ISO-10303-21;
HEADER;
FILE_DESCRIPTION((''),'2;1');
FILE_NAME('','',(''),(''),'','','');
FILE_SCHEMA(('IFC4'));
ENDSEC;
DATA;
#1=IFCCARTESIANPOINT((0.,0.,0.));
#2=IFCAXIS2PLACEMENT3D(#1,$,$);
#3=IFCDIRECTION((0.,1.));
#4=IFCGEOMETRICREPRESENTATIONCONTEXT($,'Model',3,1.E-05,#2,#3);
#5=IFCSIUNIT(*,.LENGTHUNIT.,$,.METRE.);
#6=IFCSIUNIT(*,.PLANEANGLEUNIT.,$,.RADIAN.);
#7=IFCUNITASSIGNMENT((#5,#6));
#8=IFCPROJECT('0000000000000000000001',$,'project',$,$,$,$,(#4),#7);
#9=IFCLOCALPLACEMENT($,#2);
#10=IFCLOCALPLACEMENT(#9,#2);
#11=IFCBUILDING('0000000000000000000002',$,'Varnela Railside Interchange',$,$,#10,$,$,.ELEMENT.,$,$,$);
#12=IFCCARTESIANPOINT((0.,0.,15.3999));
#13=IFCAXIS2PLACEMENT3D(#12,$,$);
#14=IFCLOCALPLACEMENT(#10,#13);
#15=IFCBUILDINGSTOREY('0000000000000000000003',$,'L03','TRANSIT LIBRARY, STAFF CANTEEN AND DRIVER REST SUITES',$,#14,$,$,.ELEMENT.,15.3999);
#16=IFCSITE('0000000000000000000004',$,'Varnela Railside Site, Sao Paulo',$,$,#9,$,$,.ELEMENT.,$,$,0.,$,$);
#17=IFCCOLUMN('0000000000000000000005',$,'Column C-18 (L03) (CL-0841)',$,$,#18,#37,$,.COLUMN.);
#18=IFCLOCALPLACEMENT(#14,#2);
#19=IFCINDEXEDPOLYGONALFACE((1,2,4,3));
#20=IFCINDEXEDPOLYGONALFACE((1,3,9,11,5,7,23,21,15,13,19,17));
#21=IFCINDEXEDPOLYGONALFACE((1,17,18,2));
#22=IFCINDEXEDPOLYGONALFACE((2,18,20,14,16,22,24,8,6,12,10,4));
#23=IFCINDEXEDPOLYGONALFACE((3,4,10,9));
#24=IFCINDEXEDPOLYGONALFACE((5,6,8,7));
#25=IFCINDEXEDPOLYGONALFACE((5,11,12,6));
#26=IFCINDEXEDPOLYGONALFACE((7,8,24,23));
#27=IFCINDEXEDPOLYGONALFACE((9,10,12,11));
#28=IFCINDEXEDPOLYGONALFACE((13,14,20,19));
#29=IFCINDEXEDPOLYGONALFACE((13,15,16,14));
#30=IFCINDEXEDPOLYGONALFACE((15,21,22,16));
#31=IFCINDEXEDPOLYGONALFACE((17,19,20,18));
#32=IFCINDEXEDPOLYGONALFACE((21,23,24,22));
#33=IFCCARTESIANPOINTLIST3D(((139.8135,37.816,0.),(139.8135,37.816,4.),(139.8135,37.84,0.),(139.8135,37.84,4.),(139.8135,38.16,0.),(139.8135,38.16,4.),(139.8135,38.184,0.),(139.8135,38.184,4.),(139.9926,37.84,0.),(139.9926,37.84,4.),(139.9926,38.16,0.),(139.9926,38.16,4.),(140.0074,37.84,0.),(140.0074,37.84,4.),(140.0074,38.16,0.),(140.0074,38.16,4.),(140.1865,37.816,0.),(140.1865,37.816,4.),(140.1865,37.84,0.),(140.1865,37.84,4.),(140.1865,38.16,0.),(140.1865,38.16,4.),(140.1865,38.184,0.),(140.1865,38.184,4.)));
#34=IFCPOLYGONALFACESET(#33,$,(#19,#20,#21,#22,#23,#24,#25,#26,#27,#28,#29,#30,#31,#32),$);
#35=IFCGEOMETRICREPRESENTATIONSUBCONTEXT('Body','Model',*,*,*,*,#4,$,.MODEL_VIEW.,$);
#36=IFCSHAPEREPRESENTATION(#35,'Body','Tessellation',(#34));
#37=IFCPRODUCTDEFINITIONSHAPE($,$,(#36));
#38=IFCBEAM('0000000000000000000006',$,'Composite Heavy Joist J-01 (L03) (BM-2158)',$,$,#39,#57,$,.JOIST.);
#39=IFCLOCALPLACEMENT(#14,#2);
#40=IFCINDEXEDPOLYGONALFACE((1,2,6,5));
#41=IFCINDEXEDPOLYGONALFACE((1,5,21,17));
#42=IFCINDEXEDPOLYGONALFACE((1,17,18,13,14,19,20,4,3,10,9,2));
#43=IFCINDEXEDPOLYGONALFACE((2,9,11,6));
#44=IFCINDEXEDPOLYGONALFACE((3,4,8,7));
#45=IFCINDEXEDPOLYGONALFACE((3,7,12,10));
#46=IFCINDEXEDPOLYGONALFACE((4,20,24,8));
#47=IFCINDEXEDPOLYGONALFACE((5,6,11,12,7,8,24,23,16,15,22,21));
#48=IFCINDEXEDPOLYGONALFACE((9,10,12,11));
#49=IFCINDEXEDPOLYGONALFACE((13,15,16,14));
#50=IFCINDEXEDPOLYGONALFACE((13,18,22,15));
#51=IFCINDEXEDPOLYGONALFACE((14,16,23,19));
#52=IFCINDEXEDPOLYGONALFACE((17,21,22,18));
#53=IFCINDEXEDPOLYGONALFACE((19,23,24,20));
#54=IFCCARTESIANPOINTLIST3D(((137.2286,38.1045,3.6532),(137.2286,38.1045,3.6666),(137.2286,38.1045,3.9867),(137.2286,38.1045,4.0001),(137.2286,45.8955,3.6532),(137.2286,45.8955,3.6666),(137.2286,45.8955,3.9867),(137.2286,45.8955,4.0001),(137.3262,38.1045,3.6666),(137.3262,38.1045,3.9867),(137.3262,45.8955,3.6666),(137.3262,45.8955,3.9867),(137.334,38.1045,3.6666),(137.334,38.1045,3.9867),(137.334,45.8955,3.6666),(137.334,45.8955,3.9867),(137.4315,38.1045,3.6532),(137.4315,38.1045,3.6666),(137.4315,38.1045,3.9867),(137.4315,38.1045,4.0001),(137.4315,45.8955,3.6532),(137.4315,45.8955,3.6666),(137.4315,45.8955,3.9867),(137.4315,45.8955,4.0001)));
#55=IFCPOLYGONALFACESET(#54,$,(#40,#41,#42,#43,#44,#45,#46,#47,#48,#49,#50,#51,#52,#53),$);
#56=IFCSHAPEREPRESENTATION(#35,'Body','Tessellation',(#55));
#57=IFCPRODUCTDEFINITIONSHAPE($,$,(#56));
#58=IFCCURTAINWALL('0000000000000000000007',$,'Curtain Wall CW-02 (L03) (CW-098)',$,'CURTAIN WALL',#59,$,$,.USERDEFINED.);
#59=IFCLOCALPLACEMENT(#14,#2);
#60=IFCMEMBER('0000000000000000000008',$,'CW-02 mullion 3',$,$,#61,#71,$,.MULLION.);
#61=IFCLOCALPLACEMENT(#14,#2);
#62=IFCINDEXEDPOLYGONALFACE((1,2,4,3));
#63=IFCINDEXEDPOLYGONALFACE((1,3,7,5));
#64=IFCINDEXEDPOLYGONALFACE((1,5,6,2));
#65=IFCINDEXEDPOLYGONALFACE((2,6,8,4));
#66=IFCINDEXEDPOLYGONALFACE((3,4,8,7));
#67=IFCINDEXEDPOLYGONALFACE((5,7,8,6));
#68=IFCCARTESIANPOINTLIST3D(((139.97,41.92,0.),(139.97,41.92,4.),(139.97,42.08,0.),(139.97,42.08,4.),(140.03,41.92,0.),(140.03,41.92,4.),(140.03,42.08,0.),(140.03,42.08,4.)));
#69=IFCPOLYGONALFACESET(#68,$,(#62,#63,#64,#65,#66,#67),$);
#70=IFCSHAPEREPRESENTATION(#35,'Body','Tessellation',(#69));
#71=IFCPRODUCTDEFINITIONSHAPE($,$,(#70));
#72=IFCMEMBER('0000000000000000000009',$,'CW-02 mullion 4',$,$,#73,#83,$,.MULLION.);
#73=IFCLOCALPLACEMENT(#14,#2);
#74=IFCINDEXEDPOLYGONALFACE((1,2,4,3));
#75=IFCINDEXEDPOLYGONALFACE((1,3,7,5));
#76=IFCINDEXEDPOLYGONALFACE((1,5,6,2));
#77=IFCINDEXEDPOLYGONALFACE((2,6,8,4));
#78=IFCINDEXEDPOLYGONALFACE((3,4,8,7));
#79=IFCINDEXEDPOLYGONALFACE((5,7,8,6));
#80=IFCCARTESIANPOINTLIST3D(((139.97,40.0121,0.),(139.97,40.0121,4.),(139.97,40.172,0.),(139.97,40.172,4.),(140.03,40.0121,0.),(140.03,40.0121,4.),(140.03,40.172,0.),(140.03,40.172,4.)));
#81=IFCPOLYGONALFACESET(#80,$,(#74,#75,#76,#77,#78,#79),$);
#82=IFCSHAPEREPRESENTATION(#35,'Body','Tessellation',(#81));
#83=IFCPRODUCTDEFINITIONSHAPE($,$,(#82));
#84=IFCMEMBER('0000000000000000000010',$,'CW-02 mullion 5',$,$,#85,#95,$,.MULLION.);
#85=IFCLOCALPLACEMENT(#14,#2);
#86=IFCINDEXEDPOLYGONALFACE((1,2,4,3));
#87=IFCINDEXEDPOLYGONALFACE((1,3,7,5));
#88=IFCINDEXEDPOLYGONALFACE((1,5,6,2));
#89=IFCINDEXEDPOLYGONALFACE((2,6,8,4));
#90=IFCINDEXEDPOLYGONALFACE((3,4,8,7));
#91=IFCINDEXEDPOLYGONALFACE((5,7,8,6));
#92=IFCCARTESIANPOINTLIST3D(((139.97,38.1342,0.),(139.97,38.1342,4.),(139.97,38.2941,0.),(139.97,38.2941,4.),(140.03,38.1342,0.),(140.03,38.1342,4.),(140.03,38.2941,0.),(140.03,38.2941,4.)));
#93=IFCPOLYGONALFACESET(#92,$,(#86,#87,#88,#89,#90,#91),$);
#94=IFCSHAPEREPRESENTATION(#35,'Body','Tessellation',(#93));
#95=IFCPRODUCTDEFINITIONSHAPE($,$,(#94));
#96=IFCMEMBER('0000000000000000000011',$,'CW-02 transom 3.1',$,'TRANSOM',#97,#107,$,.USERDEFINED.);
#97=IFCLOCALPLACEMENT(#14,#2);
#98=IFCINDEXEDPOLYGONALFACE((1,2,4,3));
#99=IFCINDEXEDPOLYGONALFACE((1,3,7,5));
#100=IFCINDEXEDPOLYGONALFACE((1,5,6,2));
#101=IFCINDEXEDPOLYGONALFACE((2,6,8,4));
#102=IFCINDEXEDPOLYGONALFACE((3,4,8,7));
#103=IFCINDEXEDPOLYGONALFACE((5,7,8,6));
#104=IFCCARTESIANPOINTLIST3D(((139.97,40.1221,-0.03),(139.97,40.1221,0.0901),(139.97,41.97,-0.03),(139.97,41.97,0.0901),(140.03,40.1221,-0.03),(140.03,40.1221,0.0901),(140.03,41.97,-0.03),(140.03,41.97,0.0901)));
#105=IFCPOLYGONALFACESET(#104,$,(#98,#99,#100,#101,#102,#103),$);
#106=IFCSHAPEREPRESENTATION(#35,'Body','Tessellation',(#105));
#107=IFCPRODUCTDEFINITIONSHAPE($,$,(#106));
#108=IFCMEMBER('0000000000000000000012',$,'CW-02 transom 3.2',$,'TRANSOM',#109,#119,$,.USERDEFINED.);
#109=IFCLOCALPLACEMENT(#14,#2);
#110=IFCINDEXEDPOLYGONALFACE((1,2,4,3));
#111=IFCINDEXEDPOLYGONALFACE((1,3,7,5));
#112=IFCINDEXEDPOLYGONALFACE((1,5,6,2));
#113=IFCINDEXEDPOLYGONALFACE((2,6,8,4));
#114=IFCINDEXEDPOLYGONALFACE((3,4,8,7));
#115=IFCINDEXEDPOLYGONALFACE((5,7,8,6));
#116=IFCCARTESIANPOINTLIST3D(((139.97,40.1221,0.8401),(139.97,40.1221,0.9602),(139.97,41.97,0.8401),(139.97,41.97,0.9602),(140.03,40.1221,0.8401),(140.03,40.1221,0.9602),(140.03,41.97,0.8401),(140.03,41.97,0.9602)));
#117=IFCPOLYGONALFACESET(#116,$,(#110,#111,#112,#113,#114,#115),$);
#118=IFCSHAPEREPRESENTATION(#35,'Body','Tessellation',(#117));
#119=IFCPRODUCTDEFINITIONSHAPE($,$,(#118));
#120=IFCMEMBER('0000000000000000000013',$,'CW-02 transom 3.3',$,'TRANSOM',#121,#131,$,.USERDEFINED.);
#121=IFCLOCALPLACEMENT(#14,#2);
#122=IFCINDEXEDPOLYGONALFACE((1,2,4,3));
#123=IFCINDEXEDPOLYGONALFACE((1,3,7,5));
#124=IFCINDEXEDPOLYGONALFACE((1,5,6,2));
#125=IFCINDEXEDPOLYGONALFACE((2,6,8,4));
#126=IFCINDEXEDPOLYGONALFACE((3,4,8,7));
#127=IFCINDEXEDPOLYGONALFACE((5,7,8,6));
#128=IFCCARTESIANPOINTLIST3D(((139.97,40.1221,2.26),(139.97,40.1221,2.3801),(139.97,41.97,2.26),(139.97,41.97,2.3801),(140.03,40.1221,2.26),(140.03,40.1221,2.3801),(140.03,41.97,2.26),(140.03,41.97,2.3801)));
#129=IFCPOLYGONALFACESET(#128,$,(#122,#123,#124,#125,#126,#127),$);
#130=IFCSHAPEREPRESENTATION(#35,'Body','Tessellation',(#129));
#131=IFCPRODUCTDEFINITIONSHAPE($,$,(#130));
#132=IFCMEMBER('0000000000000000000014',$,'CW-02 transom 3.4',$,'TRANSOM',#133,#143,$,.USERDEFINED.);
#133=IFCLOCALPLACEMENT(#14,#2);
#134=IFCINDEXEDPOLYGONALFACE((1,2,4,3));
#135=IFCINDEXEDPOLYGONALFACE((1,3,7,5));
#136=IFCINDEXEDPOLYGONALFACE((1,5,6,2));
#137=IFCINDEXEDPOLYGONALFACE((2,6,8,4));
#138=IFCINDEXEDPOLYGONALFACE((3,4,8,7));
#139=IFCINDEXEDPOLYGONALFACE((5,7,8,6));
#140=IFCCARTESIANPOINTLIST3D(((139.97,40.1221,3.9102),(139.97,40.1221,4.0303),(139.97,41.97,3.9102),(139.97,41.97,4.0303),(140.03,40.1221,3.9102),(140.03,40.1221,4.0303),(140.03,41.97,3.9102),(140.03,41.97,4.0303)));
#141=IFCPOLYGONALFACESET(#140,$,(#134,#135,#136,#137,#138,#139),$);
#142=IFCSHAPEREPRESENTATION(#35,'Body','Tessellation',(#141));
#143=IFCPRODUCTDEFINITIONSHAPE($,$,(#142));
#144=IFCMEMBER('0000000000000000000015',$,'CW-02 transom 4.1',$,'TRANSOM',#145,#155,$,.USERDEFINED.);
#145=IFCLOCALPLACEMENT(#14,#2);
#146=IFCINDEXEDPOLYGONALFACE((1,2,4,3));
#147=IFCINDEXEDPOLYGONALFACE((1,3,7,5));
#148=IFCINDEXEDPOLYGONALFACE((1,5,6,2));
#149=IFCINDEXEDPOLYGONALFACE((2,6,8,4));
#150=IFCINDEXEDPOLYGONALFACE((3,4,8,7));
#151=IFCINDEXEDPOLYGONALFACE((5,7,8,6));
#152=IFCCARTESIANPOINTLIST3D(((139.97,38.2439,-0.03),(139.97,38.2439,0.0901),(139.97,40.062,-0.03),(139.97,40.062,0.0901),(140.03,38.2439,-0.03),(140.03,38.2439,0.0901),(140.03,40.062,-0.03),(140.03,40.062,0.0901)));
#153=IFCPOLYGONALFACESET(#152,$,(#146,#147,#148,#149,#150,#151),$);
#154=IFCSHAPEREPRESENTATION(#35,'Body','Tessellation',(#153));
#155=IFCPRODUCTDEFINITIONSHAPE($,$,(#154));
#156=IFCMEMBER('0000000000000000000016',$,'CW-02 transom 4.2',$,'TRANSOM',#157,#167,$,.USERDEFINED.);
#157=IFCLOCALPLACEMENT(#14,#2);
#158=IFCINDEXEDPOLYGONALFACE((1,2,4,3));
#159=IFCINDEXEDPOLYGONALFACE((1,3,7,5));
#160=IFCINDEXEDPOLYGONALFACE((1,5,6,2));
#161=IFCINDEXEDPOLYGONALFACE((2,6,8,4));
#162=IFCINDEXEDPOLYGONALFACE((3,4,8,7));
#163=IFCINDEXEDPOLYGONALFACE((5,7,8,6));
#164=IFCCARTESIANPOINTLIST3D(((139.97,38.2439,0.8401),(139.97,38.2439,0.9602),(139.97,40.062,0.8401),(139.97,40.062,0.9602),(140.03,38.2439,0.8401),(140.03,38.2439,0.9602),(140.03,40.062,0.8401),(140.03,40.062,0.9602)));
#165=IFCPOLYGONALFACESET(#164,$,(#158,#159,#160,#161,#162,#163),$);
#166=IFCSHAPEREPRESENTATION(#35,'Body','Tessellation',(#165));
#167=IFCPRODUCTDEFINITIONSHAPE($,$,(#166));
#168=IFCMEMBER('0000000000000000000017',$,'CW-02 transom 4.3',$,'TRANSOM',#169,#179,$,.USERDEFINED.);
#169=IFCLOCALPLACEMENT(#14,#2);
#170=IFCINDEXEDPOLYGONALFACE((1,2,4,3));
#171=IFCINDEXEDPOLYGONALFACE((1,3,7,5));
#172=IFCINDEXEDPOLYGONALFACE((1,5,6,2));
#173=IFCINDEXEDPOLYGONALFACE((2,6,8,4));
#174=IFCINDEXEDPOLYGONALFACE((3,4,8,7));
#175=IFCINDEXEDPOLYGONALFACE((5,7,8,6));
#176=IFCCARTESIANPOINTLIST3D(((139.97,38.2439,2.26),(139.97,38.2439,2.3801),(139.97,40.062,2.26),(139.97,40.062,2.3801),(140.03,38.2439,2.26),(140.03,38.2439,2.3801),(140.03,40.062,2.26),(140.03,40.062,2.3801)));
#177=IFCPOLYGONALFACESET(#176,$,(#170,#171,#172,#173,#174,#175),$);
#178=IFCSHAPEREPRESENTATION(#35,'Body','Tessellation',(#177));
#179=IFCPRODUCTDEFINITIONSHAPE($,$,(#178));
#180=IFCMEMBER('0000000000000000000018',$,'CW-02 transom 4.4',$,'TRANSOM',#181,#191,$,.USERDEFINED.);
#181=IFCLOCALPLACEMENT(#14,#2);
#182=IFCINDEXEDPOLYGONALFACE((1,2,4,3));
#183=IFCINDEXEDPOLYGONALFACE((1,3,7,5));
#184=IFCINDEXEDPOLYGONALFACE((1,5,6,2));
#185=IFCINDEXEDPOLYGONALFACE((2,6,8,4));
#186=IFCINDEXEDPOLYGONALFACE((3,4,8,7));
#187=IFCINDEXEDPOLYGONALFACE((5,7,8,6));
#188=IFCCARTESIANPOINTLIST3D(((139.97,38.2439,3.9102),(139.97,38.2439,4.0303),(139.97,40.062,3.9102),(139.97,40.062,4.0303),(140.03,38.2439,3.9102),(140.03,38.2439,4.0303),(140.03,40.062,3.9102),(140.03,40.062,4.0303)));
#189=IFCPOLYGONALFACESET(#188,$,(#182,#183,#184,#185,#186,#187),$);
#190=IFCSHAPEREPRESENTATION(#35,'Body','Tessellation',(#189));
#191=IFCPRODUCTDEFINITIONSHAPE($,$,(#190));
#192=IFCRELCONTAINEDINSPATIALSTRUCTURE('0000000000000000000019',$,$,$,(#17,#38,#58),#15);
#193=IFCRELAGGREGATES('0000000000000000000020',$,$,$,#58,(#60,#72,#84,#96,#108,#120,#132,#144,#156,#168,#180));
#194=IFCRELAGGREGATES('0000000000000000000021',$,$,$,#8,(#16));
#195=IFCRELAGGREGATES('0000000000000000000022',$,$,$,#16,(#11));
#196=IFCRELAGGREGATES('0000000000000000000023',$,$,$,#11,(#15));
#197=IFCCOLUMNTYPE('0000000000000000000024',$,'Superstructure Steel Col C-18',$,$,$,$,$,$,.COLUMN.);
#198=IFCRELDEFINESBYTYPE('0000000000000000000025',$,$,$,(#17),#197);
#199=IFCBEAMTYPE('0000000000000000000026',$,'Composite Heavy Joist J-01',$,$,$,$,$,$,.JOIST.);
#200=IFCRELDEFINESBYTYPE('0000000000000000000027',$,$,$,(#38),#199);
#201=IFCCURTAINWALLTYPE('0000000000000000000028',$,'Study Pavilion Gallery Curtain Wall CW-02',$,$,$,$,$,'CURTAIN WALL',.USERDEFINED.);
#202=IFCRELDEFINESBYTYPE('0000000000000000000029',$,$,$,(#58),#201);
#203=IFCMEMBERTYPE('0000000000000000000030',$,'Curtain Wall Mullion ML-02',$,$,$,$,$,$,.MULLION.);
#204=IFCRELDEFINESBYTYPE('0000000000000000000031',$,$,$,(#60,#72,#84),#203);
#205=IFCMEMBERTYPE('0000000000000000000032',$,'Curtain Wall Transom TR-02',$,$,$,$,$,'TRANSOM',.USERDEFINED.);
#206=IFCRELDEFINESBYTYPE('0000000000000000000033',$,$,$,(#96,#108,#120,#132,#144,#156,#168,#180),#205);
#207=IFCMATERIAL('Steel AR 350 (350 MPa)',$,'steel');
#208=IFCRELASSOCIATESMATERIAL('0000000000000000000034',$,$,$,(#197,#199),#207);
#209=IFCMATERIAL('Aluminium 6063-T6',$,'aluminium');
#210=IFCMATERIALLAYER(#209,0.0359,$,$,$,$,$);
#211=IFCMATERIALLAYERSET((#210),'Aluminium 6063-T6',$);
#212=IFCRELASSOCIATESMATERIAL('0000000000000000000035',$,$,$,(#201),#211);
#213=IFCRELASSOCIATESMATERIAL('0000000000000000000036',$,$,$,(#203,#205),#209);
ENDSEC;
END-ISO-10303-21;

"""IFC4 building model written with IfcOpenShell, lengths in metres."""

from ifc_helpers import new_model, si_unit, direction, frame, origin, origin_2d, place, context, subcontext, project, spatial, rectangle, i_section, extrude, material, layer, layer_set, material_profile, profile_set, type_object, element, aggregate, save


model = new_model("IFC4")

# Units and contexts
model_context = context("Model", 3, precision=1e-05, world=origin(), true_north=direction((0.0, 1.0)))
body_context = subcontext(model_context, "Body", "Model", "MODEL_VIEW")
ifc_project = project(units=[si_unit("LENGTHUNIT", "METRE"), si_unit("PLANEANGLEUNIT", "RADIAN")], contexts=[model_context])

# Site, building, storey
site_placement = place(None, origin())
site = spatial("IfcSite", under=ifc_project, at=site_placement, Name="Varnela Railside Site, Sao Paulo", CompositionType="ELEMENT", RefElevation=0.0)
building_placement = place(site_placement, origin())
building = spatial("IfcBuilding", under=site, at=building_placement, Name="Varnela Railside Interchange", CompositionType="ELEMENT")
storey_placement = place(building_placement, frame((0.0, 0.0, 15.3999)))
storey = spatial("IfcBuildingStorey", under=building, at=storey_placement, Name="L03", Description="TRANSIT LIBRARY, STAFF CANTEEN AND DRIVER REST SUITES", CompositionType="ELEMENT", Elevation=15.3999)

# Column
ifc_material_1 = material(Name="Steel AR 350 (350 MPa)", Category="steel")
ifc_material_profile_1 = material_profile(ifc_material_1, i_section(OverallWidth=0.373, OverallDepth=0.3679, WebThickness=0.0149, FlangeThickness=0.0239, at=origin_2d()), Name="W360x179")
ifc_profile_set_1 = profile_set([ifc_material_profile_1], Name="Steel AR 350 (350 MPa)")
column_type = type_object("IfcColumnType", Name="Superstructure Steel Col C-18", PredefinedType="COLUMN", material=ifc_profile_set_1)
column_placement = place(storey_placement, frame((140.0, 38.0, 0.0), z_axis=(0.0, 0.0, 1.0), x_axis=(1.0, 0.0, 0.0)))
element("IfcColumn", 1, at=column_placement, inside=storey, type_object=column_type, Name="Column C-18 (L03) (CL-0841)", PredefinedType="COLUMN", context=body_context, shape_type="SweptSolid", body=[
    extrude(i_section(OverallWidth=0.373, OverallDepth=0.3679, WebThickness=0.0149, FlangeThickness=0.0239, at=origin_2d()), origin(), (0.0, 0.0, 1.0), 4.0),
])

# Beam
ifc_material_profile_2 = material_profile(ifc_material_1, i_section(OverallWidth=0.2029, OverallDepth=0.3469, WebThickness=0.0078, FlangeThickness=0.0134, at=origin_2d()), Name="W360x64")
ifc_profile_set_2 = profile_set([ifc_material_profile_2], Name="Steel AR 350 (350 MPa)")
beam_type_1 = type_object("IfcBeamType", Name="Composite Heavy Joist J-01", PredefinedType="JOIST", material=ifc_profile_set_2)
beam_1_placement = place(storey_placement, frame((137.3301, 38.1045, 3.8267), z_axis=(0.0, 1.0, 0.0), x_axis=(-1.0, 0.0, 0.0)))
element("IfcBeam", 2, at=beam_1_placement, inside=storey, type_object=beam_type_1, Name="Composite Heavy Joist J-01 (L03) (BM-2158)", PredefinedType="JOIST", context=body_context, shape_type="SweptSolid", body=[
    extrude(i_section(OverallWidth=0.2029, OverallDepth=0.3469, WebThickness=0.0078, FlangeThickness=0.0134, at=origin_2d()), origin(), (0.0, 0.0, 1.0), 7.791),
])

# Curtain wall, members
ifc_material_2 = material(Name="Aluminium 6063-T6", Category="aluminium")
ifc_layer_1 = layer(ifc_material_2, 0.0359)
ifc_layer_set_1 = layer_set([ifc_layer_1], Name="Aluminium 6063-T6")
curtain_wall_type = type_object("IfcCurtainWallType", Name="Study Pavilion Gallery Curtain Wall CW-02", ElementType="CURTAIN WALL", PredefinedType="USERDEFINED", material=ifc_layer_set_1)
curtain_wall_placement = place(storey_placement, origin())
curtain_wall = element("IfcCurtainWall", 3, at=curtain_wall_placement, inside=storey, type_object=curtain_wall_type, Name="Curtain Wall CW-02 (L03) (CW-098)", ObjectType="CURTAIN WALL", PredefinedType="USERDEFINED")
ifc_material_profile_3 = material_profile(ifc_material_2, rectangle(XDim=0.0601, YDim=0.1599, at=origin_2d()), Name="ALU 60x160")
ifc_profile_set_3 = profile_set([ifc_material_profile_3], Name="Aluminium 6063-T6")
member_type_1 = type_object("IfcMemberType", Name="Curtain Wall Mullion ML-02", PredefinedType="MULLION", material=ifc_profile_set_3)
member_1_placement = place(storey_placement, frame((140.0, 42.0, 0.0), z_axis=(0.0, 0.0, 1.0), x_axis=(1.0, 0.0, 0.0)))
member_1 = element("IfcMember", 4, at=member_1_placement, type_object=member_type_1, Name="CW-02 mullion 3", PredefinedType="MULLION", context=body_context, shape_type="SweptSolid", body=[
    extrude(rectangle(XDim=0.0601, YDim=0.1599, at=origin_2d()), origin(), (0.0, 0.0, 1.0), 4.0),
])
member_2_placement = place(storey_placement, frame((140.0, 40.092, 0.0), z_axis=(0.0, 0.0, 1.0), x_axis=(1.0, 0.0, 0.0)))
member_2 = element("IfcMember", 5, at=member_2_placement, type_object=member_type_1, Name="CW-02 mullion 4", PredefinedType="MULLION", context=body_context, shape_type="SweptSolid", body=[
    extrude(rectangle(XDim=0.0601, YDim=0.1599, at=origin_2d()), origin(), (0.0, 0.0, 1.0), 4.0),
])
member_3_placement = place(storey_placement, frame((140.0, 38.2141, 0.0), z_axis=(0.0, 0.0, 1.0), x_axis=(1.0, 0.0, 0.0)))
member_3 = element("IfcMember", 6, at=member_3_placement, type_object=member_type_1, Name="CW-02 mullion 5", PredefinedType="MULLION", context=body_context, shape_type="SweptSolid", body=[
    extrude(rectangle(XDim=0.0601, YDim=0.1599, at=origin_2d()), origin(), (0.0, 0.0, 1.0), 4.0),
])
ifc_material_profile_4 = material_profile(ifc_material_2, rectangle(XDim=0.0601, YDim=0.1201, at=origin_2d()), Name="ALU 60x120")
ifc_profile_set_4 = profile_set([ifc_material_profile_4], Name="Aluminium 6063-T6")
member_type_2 = type_object("IfcMemberType", Name="Curtain Wall Transom TR-02", ElementType="TRANSOM", PredefinedType="USERDEFINED", material=ifc_profile_set_4)
member_4_placement = place(storey_placement, frame((140.0, 41.97, 0.03), z_axis=(0.0, -1.0, 0.0), x_axis=(1.0, 0.0, 0.0)))
member_4 = element("IfcMember", 7, at=member_4_placement, type_object=member_type_2, Name="CW-02 transom 3.1", ObjectType="TRANSOM", PredefinedType="USERDEFINED", context=body_context, shape_type="SweptSolid", body=[
    extrude(rectangle(XDim=0.0601, YDim=0.1201, at=origin_2d()), origin(), (0.0, 0.0, 1.0), 1.8479),
])
member_5_placement = place(storey_placement, frame((140.0, 41.97, 0.9001), z_axis=(0.0, -1.0, 0.0), x_axis=(1.0, 0.0, 0.0)))
member_5 = element("IfcMember", 8, at=member_5_placement, type_object=member_type_2, Name="CW-02 transom 3.2", ObjectType="TRANSOM", PredefinedType="USERDEFINED", context=body_context, shape_type="SweptSolid", body=[
    extrude(rectangle(XDim=0.0601, YDim=0.1201, at=origin_2d()), origin(), (0.0, 0.0, 1.0), 1.8479),
])
member_6_placement = place(storey_placement, frame((140.0, 41.97, 2.3201), z_axis=(0.0, -1.0, 0.0), x_axis=(1.0, 0.0, 0.0)))
member_6 = element("IfcMember", 9, at=member_6_placement, type_object=member_type_2, Name="CW-02 transom 3.3", ObjectType="TRANSOM", PredefinedType="USERDEFINED", context=body_context, shape_type="SweptSolid", body=[
    extrude(rectangle(XDim=0.0601, YDim=0.1201, at=origin_2d()), origin(), (0.0, 0.0, 1.0), 1.8479),
])
member_7_placement = place(storey_placement, frame((140.0, 41.97, 3.9702), z_axis=(0.0, -1.0, 0.0), x_axis=(1.0, 0.0, 0.0)))
member_7 = element("IfcMember", 10, at=member_7_placement, type_object=member_type_2, Name="CW-02 transom 3.4", ObjectType="TRANSOM", PredefinedType="USERDEFINED", context=body_context, shape_type="SweptSolid", body=[
    extrude(rectangle(XDim=0.0601, YDim=0.1201, at=origin_2d()), origin(), (0.0, 0.0, 1.0), 1.8479),
])
member_8_placement = place(storey_placement, frame((140.0, 40.062, 0.03), z_axis=(0.0, -1.0, 0.0), x_axis=(1.0, 0.0, 0.0)))
member_8 = element("IfcMember", 11, at=member_8_placement, type_object=member_type_2, Name="CW-02 transom 4.1", ObjectType="TRANSOM", PredefinedType="USERDEFINED", context=body_context, shape_type="SweptSolid", body=[
    extrude(rectangle(XDim=0.0601, YDim=0.1201, at=origin_2d()), origin(), (0.0, 0.0, 1.0), 1.8181),
])
member_9_placement = place(storey_placement, frame((140.0, 40.062, 0.9001), z_axis=(0.0, -1.0, 0.0), x_axis=(1.0, 0.0, 0.0)))
member_9 = element("IfcMember", 12, at=member_9_placement, type_object=member_type_2, Name="CW-02 transom 4.2", ObjectType="TRANSOM", PredefinedType="USERDEFINED", context=body_context, shape_type="SweptSolid", body=[
    extrude(rectangle(XDim=0.0601, YDim=0.1201, at=origin_2d()), origin(), (0.0, 0.0, 1.0), 1.8181),
])
member_10_placement = place(storey_placement, frame((140.0, 40.062, 2.3201), z_axis=(0.0, -1.0, 0.0), x_axis=(1.0, 0.0, 0.0)))
member_10 = element("IfcMember", 13, at=member_10_placement, type_object=member_type_2, Name="CW-02 transom 4.3", ObjectType="TRANSOM", PredefinedType="USERDEFINED", context=body_context, shape_type="SweptSolid", body=[
    extrude(rectangle(XDim=0.0601, YDim=0.1201, at=origin_2d()), origin(), (0.0, 0.0, 1.0), 1.8181),
])
member_11_placement = place(storey_placement, frame((140.0, 40.062, 3.9702), z_axis=(0.0, -1.0, 0.0), x_axis=(1.0, 0.0, 0.0)))
member_11 = element("IfcMember", 14, at=member_11_placement, type_object=member_type_2, Name="CW-02 transom 4.4", ObjectType="TRANSOM", PredefinedType="USERDEFINED", context=body_context, shape_type="SweptSolid", body=[
    extrude(rectangle(XDim=0.0601, YDim=0.1201, at=origin_2d()), origin(), (0.0, 0.0, 1.0), 1.8181),
])

aggregate(curtain_wall, [member_1, member_2, member_3, member_4, member_5, member_6, member_7, member_8, member_9, member_10, member_11])

save(model, "model.ifc")
